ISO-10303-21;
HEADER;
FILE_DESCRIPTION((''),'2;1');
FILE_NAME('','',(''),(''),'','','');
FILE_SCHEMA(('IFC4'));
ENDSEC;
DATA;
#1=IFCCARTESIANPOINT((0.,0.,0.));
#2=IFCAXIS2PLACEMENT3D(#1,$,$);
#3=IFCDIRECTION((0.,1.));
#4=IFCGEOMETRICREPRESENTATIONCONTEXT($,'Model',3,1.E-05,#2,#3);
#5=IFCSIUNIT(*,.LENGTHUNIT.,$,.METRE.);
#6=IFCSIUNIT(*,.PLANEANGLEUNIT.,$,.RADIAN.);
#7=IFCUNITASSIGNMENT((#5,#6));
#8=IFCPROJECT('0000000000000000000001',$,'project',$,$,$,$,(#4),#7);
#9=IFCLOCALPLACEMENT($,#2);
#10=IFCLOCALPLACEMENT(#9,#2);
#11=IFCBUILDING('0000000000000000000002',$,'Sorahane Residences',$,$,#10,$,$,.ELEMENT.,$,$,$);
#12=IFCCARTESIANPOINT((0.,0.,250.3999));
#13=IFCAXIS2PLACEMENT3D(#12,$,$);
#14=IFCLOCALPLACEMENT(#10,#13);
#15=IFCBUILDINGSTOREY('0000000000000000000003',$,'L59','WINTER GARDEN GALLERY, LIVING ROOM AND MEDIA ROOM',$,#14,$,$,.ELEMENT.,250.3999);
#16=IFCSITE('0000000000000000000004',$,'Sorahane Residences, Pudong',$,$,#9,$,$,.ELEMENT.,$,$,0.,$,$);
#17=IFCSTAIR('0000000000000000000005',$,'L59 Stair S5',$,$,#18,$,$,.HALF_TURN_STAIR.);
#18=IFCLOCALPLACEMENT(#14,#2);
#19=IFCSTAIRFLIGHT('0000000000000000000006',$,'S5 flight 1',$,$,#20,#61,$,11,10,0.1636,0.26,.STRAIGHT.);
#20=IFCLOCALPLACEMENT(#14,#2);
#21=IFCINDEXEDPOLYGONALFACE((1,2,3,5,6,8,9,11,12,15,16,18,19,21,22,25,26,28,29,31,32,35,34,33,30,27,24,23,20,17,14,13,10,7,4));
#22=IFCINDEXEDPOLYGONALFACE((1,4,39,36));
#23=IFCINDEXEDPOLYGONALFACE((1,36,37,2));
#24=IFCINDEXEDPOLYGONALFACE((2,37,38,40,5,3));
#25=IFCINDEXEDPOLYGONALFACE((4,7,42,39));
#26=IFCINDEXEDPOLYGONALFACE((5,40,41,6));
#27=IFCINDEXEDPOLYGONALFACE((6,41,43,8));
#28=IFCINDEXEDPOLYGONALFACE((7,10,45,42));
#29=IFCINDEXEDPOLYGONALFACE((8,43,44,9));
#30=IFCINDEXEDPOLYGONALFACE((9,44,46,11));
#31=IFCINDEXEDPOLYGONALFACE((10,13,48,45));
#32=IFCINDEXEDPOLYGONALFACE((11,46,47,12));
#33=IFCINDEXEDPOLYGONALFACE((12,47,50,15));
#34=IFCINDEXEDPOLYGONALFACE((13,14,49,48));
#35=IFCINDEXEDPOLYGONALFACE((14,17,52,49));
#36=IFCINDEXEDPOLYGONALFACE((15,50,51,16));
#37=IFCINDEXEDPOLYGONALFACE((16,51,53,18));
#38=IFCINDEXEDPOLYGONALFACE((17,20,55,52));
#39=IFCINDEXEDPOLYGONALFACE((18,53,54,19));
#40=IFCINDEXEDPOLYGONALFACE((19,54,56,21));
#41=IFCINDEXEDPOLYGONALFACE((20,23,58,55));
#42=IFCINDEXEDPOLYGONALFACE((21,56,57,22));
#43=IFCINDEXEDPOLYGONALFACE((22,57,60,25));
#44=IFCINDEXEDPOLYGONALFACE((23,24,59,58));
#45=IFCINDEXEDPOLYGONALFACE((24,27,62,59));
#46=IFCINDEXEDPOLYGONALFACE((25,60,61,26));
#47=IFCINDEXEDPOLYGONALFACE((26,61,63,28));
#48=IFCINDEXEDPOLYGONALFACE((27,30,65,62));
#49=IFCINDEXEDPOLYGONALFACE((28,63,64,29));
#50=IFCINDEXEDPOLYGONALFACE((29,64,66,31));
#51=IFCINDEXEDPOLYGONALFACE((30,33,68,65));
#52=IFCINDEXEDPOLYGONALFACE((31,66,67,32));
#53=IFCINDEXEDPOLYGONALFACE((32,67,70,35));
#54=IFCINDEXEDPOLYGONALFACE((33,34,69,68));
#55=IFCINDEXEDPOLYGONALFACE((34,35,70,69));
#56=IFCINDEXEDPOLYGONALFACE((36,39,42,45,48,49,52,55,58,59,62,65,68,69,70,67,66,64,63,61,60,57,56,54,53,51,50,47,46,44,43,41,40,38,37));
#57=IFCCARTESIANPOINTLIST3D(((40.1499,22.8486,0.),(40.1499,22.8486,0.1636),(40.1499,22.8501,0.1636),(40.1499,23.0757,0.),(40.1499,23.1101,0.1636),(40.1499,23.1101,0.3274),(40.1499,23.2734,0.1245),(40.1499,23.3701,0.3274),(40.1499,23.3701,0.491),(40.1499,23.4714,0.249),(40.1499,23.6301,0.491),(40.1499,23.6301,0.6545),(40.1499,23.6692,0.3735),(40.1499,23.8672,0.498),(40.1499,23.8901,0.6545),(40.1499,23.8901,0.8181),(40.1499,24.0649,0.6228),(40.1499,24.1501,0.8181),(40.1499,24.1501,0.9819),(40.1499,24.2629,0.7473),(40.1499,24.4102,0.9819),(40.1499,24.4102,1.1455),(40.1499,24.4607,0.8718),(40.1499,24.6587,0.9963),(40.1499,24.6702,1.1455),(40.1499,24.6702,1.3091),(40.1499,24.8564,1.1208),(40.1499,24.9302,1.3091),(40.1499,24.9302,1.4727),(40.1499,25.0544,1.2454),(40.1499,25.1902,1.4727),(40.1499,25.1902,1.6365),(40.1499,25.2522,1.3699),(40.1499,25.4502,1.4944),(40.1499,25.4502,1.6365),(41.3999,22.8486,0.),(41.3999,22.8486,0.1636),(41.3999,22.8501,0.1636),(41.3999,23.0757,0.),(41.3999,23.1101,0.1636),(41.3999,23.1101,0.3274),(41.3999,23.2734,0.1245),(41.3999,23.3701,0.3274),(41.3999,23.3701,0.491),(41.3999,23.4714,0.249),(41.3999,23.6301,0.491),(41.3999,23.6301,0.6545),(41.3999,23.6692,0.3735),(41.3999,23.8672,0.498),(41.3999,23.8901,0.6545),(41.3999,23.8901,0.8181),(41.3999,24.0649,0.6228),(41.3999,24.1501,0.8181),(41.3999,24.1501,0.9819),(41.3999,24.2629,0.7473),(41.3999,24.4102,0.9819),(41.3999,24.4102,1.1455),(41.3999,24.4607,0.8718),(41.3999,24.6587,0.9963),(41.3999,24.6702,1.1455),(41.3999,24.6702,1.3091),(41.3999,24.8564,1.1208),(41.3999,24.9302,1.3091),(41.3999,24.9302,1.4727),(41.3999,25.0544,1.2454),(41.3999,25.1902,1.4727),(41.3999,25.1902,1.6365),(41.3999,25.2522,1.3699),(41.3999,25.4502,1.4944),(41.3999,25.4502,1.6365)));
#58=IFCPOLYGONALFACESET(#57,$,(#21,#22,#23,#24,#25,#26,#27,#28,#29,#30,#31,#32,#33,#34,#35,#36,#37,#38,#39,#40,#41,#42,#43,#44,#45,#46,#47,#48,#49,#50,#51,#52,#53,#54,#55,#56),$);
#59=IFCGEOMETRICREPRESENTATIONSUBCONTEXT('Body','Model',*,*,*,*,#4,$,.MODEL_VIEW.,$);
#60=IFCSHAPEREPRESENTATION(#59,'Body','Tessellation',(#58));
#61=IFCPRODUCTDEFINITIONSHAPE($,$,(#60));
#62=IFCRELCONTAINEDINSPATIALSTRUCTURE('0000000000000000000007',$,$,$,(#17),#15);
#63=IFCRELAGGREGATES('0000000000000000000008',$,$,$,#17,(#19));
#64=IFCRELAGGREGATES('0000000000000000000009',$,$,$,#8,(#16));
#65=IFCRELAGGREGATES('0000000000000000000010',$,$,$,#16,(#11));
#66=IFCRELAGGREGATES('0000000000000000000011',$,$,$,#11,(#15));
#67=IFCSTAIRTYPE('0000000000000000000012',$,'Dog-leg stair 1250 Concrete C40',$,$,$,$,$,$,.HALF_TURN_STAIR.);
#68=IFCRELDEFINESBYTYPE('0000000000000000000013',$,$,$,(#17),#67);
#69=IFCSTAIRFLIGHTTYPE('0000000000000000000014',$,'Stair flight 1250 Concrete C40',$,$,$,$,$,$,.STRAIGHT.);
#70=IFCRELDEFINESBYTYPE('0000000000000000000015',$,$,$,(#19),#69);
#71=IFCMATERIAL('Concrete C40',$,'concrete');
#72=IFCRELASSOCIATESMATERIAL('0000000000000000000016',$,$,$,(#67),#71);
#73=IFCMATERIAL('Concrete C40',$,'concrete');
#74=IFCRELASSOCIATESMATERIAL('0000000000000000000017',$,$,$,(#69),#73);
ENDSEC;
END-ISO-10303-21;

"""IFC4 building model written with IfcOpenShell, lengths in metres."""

from ifc_helpers import new_model, si_unit, direction, frame, origin, place, context, subcontext, project, spatial, polyline, outline, extrude, material, type_object, element, aggregate, save


model = new_model("IFC4")

# Units and contexts
model_context = context("Model", 3, precision=1e-05, world=origin(), true_north=direction((0.0, 1.0)))
body_context = subcontext(model_context, "Body", "Model", "MODEL_VIEW")
ifc_project = project(units=[si_unit("LENGTHUNIT", "METRE"), si_unit("PLANEANGLEUNIT", "RADIAN")], contexts=[model_context])

# Site, building, storey
site_placement = place(None, origin())
site = spatial("IfcSite", under=ifc_project, at=site_placement, Name="Sorahane Residences, Pudong", CompositionType="ELEMENT", RefElevation=0.0)
building_placement = place(site_placement, origin())
building = spatial("IfcBuilding", under=site, at=building_placement, Name="Sorahane Residences", CompositionType="ELEMENT")
storey_placement = place(building_placement, frame((0.0, 0.0, 250.3999)))
storey = spatial("IfcBuildingStorey", under=building, at=storey_placement, Name="L59", Description="WINTER GARDEN GALLERY, LIVING ROOM AND MEDIA ROOM", CompositionType="ELEMENT", Elevation=250.3999)

# Stair, stair flight
ifc_material_1 = material(Name="Concrete C40", Category="concrete")
stair_type = type_object("IfcStairType", Name="Dog-leg stair 1250 Concrete C40", PredefinedType="HALF_TURN_STAIR", material=ifc_material_1)
stair_placement = place(storey_placement, origin())
stair = element("IfcStair", 1, at=stair_placement, inside=storey, type_object=stair_type, Name="L59 Stair S5", PredefinedType="HALF_TURN_STAIR")
ifc_material_2 = material(Name="Concrete C40", Category="concrete")
stair_flight_type = type_object("IfcStairFlightType", Name="Stair flight 1250 Concrete C40", PredefinedType="STRAIGHT", material=ifc_material_2)
stair_flight_placement = place(storey_placement, frame((40.7749, 22.8501, 0.0), z_axis=(0.0, 0.0, 1.0), x_axis=(0.0, 1.0, 0.0)))
stair_flight = element("IfcStairFlight", 2, at=stair_flight_placement, type_object=stair_flight_type, Name="S5 flight 1", NumberOfRisers=11, NumberOfTreads=10, PredefinedType="STRAIGHT", RiserHeight=0.1636, TreadLength=0.26, context=body_context, shape_type="SweptSolid", body=[
    extrude(outline(polyline([(-0.0015, 0.0), (-0.0015, 0.1636), (0.0, 0.1636), (0.26, 0.1636), (0.26, 0.3274), (0.52, 0.3274), (0.52, 0.491), (0.78, 0.491), (0.78, 0.6545), (1.04, 0.6545), (1.04, 0.8181), (1.3, 0.8181), (1.3, 0.9819), (1.5601, 0.9819), (1.5601, 1.1455), (1.8201, 1.1455), (1.8201, 1.3091), (2.0801, 1.3091), (2.0801, 1.4727), (2.3401, 1.4727), (2.3401, 1.6365), (2.6001, 1.6365), (2.6001, 1.8), (2.6001, 1.4944), (2.4021, 1.3699), (2.2043, 1.2454), (2.0063, 1.1208), (1.8086, 0.9963), (1.6106, 0.8718), (1.4128, 0.7473), (1.2148, 0.6228), (1.0171, 0.498), (0.8191, 0.3735), (0.6213, 0.249), (0.4233, 0.1245), (0.2256, 0.0), (-0.0015, 0.0)])), frame((0.0, 0.625, 0.0), z_axis=(0.0, -1.0, 0.0), x_axis=(1.0, 0.0, 0.0)), (0.0, 0.0, 1.0), 1.25),
])
aggregate(stair, [stair_flight])

save(model, "model.ifc")
